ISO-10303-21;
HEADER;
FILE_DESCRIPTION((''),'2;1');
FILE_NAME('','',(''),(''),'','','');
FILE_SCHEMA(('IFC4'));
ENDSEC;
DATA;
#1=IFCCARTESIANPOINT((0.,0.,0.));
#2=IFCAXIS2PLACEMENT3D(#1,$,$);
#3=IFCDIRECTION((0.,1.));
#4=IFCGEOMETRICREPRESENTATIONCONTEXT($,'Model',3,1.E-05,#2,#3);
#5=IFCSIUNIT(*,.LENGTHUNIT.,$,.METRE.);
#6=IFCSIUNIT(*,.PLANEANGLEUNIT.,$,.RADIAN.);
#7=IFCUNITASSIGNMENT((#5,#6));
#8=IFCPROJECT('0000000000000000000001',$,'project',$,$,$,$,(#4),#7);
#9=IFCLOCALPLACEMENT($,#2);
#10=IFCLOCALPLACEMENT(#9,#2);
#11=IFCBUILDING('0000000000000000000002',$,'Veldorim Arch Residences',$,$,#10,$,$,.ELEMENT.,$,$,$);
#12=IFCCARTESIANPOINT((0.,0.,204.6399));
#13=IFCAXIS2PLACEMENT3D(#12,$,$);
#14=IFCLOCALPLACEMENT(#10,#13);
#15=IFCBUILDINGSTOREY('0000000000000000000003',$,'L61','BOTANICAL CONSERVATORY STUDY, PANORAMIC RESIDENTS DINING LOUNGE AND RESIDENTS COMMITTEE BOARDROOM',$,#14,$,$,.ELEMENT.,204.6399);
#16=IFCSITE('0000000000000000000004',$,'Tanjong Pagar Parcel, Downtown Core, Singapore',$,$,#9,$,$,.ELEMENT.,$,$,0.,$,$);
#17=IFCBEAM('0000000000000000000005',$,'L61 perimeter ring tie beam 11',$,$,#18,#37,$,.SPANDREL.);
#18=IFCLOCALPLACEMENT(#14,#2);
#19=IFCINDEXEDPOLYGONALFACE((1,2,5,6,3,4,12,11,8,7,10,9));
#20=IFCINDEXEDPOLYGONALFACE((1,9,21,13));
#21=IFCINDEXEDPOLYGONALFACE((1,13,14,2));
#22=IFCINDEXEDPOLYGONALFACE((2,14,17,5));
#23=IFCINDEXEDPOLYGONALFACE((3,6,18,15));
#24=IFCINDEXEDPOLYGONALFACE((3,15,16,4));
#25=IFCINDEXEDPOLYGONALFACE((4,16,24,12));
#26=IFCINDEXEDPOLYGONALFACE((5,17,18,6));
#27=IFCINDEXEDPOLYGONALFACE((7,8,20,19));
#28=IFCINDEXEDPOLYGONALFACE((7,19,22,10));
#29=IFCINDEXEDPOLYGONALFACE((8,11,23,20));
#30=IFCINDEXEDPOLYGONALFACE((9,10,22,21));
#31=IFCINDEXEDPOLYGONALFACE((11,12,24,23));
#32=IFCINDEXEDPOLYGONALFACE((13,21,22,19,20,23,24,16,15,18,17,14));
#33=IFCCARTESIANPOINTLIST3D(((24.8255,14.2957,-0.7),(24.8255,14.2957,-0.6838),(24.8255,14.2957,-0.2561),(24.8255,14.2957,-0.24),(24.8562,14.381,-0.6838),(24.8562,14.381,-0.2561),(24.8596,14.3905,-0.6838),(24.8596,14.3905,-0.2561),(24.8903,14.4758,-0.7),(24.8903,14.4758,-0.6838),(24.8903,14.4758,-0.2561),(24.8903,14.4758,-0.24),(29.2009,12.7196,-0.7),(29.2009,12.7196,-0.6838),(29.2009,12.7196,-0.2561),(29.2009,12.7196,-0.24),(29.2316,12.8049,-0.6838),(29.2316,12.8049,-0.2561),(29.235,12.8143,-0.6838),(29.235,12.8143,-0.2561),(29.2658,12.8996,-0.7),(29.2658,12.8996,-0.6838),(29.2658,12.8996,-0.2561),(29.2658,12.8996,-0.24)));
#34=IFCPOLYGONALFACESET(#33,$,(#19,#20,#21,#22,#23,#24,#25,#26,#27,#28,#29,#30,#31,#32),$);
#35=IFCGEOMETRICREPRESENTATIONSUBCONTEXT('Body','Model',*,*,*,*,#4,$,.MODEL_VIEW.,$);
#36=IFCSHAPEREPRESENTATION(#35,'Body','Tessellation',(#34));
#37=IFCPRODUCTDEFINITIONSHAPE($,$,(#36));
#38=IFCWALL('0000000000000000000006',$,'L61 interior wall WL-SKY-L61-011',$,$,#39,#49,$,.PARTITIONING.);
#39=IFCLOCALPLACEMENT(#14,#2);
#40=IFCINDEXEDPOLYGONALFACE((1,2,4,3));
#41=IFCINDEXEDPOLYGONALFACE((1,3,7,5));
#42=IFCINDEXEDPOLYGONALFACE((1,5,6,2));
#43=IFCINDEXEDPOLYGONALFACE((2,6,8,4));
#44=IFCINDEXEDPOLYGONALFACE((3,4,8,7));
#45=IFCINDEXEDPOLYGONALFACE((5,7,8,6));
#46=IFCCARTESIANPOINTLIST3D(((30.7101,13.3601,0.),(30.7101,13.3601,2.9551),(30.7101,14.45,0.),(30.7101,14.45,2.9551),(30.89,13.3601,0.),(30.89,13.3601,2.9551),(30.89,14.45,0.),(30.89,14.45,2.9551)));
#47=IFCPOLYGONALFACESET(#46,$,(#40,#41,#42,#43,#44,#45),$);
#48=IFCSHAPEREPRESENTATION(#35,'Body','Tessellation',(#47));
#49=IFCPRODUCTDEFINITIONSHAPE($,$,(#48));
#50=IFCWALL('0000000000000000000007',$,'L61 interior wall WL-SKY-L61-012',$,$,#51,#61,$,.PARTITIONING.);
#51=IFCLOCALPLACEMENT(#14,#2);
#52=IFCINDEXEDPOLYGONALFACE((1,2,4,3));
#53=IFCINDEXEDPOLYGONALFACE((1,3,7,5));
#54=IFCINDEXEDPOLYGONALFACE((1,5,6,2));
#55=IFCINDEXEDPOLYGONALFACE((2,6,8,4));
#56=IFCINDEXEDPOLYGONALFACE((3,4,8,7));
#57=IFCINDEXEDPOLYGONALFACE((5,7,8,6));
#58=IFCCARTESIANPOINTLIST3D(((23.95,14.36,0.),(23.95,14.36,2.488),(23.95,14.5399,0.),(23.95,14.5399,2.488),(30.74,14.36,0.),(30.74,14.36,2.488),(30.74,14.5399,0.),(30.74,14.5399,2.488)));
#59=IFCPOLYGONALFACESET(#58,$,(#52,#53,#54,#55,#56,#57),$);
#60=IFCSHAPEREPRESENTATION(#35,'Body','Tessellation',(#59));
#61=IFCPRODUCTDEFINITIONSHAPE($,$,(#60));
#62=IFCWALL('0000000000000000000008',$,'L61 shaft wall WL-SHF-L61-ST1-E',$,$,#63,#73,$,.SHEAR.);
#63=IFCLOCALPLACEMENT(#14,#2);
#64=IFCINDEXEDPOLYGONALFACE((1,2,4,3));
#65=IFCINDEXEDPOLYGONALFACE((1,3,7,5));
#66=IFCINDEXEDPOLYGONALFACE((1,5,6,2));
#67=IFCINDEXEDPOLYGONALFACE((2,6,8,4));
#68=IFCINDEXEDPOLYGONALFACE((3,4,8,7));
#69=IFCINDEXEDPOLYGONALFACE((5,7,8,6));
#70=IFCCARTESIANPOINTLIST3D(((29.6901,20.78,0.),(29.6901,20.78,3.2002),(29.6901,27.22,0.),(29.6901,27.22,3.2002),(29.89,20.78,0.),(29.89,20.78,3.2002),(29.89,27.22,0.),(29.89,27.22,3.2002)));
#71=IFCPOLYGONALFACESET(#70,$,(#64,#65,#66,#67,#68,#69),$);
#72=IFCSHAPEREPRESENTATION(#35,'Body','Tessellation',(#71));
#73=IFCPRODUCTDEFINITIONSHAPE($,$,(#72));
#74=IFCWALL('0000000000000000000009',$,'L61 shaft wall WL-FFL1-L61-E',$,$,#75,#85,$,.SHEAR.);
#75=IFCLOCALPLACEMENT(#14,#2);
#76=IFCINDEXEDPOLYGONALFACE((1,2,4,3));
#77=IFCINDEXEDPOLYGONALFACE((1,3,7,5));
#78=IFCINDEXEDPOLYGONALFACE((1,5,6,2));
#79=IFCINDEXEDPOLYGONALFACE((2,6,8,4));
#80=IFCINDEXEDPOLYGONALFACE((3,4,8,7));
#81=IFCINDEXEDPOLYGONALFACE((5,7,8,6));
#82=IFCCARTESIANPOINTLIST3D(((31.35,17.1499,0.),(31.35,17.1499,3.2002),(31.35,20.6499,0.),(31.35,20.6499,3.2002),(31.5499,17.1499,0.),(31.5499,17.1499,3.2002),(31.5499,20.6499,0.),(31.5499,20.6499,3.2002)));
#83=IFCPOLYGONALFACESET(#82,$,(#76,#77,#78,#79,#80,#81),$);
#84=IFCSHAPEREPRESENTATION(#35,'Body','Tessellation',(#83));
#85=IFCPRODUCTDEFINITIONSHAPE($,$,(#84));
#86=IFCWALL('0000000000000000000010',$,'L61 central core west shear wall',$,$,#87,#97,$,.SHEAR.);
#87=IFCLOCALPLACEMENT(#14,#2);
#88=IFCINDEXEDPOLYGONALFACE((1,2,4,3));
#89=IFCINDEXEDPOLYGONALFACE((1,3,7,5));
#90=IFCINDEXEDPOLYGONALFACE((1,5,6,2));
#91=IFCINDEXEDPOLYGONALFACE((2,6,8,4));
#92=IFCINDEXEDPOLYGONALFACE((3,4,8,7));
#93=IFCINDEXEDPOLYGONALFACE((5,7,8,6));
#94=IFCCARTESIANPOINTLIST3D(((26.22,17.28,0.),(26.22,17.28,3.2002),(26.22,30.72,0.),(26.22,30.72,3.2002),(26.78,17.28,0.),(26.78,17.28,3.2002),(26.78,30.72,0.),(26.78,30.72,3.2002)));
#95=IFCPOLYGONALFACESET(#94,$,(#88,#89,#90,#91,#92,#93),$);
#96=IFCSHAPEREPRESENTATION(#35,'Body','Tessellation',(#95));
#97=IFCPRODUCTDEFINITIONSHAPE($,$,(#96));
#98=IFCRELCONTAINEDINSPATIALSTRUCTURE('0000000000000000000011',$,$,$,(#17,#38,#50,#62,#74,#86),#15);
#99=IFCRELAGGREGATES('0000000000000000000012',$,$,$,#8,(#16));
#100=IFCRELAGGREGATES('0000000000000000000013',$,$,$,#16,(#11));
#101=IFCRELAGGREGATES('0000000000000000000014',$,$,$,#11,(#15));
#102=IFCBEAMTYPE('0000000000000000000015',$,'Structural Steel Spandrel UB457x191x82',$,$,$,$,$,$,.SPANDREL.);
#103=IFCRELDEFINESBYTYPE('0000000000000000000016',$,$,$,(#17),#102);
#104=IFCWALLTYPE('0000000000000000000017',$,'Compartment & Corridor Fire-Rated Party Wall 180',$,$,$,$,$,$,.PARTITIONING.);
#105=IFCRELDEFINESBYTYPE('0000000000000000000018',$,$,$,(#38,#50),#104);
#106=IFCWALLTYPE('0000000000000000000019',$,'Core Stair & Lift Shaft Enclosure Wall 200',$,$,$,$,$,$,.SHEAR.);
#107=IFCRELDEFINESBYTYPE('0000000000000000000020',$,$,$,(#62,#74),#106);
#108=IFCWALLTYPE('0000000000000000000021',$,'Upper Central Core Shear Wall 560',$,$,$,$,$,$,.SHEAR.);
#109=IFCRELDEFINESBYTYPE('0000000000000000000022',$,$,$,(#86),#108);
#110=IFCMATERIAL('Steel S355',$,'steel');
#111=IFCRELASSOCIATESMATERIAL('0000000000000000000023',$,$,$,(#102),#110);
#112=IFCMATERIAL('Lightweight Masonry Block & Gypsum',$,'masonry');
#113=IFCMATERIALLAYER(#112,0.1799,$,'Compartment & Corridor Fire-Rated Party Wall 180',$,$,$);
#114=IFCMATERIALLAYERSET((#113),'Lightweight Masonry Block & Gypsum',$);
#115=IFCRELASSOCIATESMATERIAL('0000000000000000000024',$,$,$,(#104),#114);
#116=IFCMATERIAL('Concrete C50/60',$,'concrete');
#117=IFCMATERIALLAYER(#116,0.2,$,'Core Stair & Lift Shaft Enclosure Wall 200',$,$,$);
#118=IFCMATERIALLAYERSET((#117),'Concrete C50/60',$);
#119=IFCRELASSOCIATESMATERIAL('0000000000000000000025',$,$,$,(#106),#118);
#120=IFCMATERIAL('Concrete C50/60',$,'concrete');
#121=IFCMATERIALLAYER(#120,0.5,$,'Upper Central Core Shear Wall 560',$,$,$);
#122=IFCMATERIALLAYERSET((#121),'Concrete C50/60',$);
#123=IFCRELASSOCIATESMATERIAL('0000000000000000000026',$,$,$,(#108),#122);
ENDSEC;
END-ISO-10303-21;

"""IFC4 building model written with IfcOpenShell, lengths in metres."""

from ifc_helpers import new_model, si_unit, direction, frame, frame_2d, origin, origin_2d, place, context, subcontext, project, spatial, rectangle, i_section, extrude, material, layer, layer_set, material_profile, profile_set, type_object, element, save


model = new_model("IFC4")

# Units and contexts
model_context = context("Model", 3, precision=1e-05, world=origin(), true_north=direction((0.0, 1.0)))
body_context = subcontext(model_context, "Body", "Model", "MODEL_VIEW")
ifc_project = project(units=[si_unit("LENGTHUNIT", "METRE"), si_unit("PLANEANGLEUNIT", "RADIAN")], contexts=[model_context])

# Site, building, storey
site_placement = place(None, origin())
site = spatial("IfcSite", under=ifc_project, at=site_placement, Name="Tanjong Pagar Parcel, Downtown Core, Singapore", CompositionType="ELEMENT", RefElevation=0.0)
building_placement = place(site_placement, origin())
building = spatial("IfcBuilding", under=site, at=building_placement, Name="Veldorim Arch Residences", CompositionType="ELEMENT")
storey_placement = place(building_placement, frame((0.0, 0.0, 204.6399)))
storey = spatial("IfcBuildingStorey", under=building, at=storey_placement, Name="L61", Description="BOTANICAL CONSERVATORY STUDY, PANORAMIC RESIDENTS DINING LOUNGE AND RESIDENTS COMMITTEE BOARDROOM", CompositionType="ELEMENT", Elevation=204.6399)

# Beam
ifc_material_1 = material(Name="Steel S355", Category="steel")
ifc_material_profile_1 = material_profile(ifc_material_1, i_section(OverallWidth=0.1914, OverallDepth=0.46, WebThickness=0.01, FlangeThickness=0.0161, at=origin_2d()), Name="UB457x191x82")
ifc_profile_set_1 = profile_set([ifc_material_profile_1], Name="Steel S355")
beam_type_1 = type_object("IfcBeamType", Name="Structural Steel Spandrel UB457x191x82", PredefinedType="SPANDREL", material=ifc_profile_set_1)
beam_1_placement = place(storey_placement, frame((24.8579, 14.3857, -0.47), z_axis=(0.940819, -0.338909, 0.0), x_axis=(0.338909, 0.940819, 0.0)))
element("IfcBeam", 1, at=beam_1_placement, inside=storey, type_object=beam_type_1, Name="L61 perimeter ring tie beam 11", PredefinedType="SPANDREL", context=body_context, shape_type="SweptSolid", body=[
    extrude(i_section(OverallWidth=0.1914, OverallDepth=0.46, WebThickness=0.01, FlangeThickness=0.0161, at=origin_2d()), origin(), (0.0, 0.0, 1.0), 4.6506),
])

# Walls
ifc_material_2 = material(Name="Lightweight Masonry Block & Gypsum", Category="masonry")
ifc_layer_1 = layer(ifc_material_2, 0.1799, Name="Compartment & Corridor Fire-Rated Party Wall 180")
ifc_layer_set_1 = layer_set([ifc_layer_1], Name="Lightweight Masonry Block & Gypsum")
wall_type_1 = type_object("IfcWallType", Name="Compartment & Corridor Fire-Rated Party Wall 180", PredefinedType="PARTITIONING", material=ifc_layer_set_1)
wall_1_placement = place(storey_placement, frame((30.8, 13.3601, 0.0), z_axis=(0.0, 0.0, 1.0), x_axis=(0.0, 1.0, 0.0)))
element("IfcWall", 2, at=wall_1_placement, inside=storey, type_object=wall_type_1, Name="L61 interior wall WL-SKY-L61-011", PredefinedType="PARTITIONING", context=body_context, shape_type="SweptSolid", body=[
    extrude(rectangle(XDim=1.0898, YDim=0.1799, at=frame_2d((0.5449, 0.0))), origin(), (0.0, 0.0, 1.0), 2.9551),
])
wall_2_placement = place(storey_placement, frame((30.74, 14.45, 0.0), z_axis=(0.0, 0.0, 1.0), x_axis=(-1.0, 0.0, 0.0)))
element("IfcWall", 3, at=wall_2_placement, inside=storey, type_object=wall_type_1, Name="L61 interior wall WL-SKY-L61-012", PredefinedType="PARTITIONING", context=body_context, shape_type="SweptSolid", body=[
    extrude(rectangle(XDim=6.79, YDim=0.1799, at=frame_2d((3.395, 0.0))), origin(), (0.0, 0.0, 1.0), 2.488),
])
ifc_material_3 = material(Name="Concrete C50/60", Category="concrete")
ifc_layer_2 = layer(ifc_material_3, 0.2, Name="Core Stair & Lift Shaft Enclosure Wall 200")
ifc_layer_set_2 = layer_set([ifc_layer_2], Name="Concrete C50/60")
wall_type_2 = type_object("IfcWallType", Name="Core Stair & Lift Shaft Enclosure Wall 200", PredefinedType="SHEAR", material=ifc_layer_set_2)
wall_3_placement = place(storey_placement, frame((29.79, 20.78, 0.0), z_axis=(0.0, 0.0, 1.0), x_axis=(0.0, 1.0, 0.0)))
element("IfcWall", 4, at=wall_3_placement, inside=storey, type_object=wall_type_2, Name="L61 shaft wall WL-SHF-L61-ST1-E", PredefinedType="SHEAR", context=body_context, shape_type="SweptSolid", body=[
    extrude(rectangle(XDim=6.4399, YDim=0.2, at=frame_2d((3.22, 0.0))), origin(), (0.0, 0.0, 1.0), 3.2002),
])

# Wall
wall_4_placement = place(storey_placement, frame((31.45, 17.1499, 0.0), z_axis=(0.0, 0.0, 1.0), x_axis=(0.0, 1.0, 0.0)))
element("IfcWall", 5, at=wall_4_placement, inside=storey, type_object=wall_type_2, Name="L61 shaft wall WL-FFL1-L61-E", PredefinedType="SHEAR", context=body_context, shape_type="SweptSolid", body=[
    extrude(rectangle(XDim=3.5, YDim=0.2, at=frame_2d((1.75, 0.0))), origin(), (0.0, 0.0, 1.0), 3.2002),
])

# Shared definitions
ifc_material_4 = material(Name="Concrete C50/60", Category="concrete")
ifc_layer_3 = layer(ifc_material_4, 0.5, Name="Upper Central Core Shear Wall 560")
ifc_layer_set_3 = layer_set([ifc_layer_3], Name="Concrete C50/60")
wall_type_3 = type_object("IfcWallType", Name="Upper Central Core Shear Wall 560", PredefinedType="SHEAR", material=ifc_layer_set_3)

# Wall
wall_5_placement = place(storey_placement, frame((26.5, 17.28, 0.0), z_axis=(0.0, 0.0, 1.0), x_axis=(0.0, 1.0, 0.0)))
element("IfcWall", 6, at=wall_5_placement, inside=storey, type_object=wall_type_3, Name="L61 central core west shear wall", PredefinedType="SHEAR", context=body_context, shape_type="SweptSolid", body=[
    extrude(rectangle(XDim=13.4399, YDim=0.5601, at=frame_2d((6.72, 0.0))), origin(), (0.0, 0.0, 1.0), 3.2002),
])

save(model, "model.ifc")
